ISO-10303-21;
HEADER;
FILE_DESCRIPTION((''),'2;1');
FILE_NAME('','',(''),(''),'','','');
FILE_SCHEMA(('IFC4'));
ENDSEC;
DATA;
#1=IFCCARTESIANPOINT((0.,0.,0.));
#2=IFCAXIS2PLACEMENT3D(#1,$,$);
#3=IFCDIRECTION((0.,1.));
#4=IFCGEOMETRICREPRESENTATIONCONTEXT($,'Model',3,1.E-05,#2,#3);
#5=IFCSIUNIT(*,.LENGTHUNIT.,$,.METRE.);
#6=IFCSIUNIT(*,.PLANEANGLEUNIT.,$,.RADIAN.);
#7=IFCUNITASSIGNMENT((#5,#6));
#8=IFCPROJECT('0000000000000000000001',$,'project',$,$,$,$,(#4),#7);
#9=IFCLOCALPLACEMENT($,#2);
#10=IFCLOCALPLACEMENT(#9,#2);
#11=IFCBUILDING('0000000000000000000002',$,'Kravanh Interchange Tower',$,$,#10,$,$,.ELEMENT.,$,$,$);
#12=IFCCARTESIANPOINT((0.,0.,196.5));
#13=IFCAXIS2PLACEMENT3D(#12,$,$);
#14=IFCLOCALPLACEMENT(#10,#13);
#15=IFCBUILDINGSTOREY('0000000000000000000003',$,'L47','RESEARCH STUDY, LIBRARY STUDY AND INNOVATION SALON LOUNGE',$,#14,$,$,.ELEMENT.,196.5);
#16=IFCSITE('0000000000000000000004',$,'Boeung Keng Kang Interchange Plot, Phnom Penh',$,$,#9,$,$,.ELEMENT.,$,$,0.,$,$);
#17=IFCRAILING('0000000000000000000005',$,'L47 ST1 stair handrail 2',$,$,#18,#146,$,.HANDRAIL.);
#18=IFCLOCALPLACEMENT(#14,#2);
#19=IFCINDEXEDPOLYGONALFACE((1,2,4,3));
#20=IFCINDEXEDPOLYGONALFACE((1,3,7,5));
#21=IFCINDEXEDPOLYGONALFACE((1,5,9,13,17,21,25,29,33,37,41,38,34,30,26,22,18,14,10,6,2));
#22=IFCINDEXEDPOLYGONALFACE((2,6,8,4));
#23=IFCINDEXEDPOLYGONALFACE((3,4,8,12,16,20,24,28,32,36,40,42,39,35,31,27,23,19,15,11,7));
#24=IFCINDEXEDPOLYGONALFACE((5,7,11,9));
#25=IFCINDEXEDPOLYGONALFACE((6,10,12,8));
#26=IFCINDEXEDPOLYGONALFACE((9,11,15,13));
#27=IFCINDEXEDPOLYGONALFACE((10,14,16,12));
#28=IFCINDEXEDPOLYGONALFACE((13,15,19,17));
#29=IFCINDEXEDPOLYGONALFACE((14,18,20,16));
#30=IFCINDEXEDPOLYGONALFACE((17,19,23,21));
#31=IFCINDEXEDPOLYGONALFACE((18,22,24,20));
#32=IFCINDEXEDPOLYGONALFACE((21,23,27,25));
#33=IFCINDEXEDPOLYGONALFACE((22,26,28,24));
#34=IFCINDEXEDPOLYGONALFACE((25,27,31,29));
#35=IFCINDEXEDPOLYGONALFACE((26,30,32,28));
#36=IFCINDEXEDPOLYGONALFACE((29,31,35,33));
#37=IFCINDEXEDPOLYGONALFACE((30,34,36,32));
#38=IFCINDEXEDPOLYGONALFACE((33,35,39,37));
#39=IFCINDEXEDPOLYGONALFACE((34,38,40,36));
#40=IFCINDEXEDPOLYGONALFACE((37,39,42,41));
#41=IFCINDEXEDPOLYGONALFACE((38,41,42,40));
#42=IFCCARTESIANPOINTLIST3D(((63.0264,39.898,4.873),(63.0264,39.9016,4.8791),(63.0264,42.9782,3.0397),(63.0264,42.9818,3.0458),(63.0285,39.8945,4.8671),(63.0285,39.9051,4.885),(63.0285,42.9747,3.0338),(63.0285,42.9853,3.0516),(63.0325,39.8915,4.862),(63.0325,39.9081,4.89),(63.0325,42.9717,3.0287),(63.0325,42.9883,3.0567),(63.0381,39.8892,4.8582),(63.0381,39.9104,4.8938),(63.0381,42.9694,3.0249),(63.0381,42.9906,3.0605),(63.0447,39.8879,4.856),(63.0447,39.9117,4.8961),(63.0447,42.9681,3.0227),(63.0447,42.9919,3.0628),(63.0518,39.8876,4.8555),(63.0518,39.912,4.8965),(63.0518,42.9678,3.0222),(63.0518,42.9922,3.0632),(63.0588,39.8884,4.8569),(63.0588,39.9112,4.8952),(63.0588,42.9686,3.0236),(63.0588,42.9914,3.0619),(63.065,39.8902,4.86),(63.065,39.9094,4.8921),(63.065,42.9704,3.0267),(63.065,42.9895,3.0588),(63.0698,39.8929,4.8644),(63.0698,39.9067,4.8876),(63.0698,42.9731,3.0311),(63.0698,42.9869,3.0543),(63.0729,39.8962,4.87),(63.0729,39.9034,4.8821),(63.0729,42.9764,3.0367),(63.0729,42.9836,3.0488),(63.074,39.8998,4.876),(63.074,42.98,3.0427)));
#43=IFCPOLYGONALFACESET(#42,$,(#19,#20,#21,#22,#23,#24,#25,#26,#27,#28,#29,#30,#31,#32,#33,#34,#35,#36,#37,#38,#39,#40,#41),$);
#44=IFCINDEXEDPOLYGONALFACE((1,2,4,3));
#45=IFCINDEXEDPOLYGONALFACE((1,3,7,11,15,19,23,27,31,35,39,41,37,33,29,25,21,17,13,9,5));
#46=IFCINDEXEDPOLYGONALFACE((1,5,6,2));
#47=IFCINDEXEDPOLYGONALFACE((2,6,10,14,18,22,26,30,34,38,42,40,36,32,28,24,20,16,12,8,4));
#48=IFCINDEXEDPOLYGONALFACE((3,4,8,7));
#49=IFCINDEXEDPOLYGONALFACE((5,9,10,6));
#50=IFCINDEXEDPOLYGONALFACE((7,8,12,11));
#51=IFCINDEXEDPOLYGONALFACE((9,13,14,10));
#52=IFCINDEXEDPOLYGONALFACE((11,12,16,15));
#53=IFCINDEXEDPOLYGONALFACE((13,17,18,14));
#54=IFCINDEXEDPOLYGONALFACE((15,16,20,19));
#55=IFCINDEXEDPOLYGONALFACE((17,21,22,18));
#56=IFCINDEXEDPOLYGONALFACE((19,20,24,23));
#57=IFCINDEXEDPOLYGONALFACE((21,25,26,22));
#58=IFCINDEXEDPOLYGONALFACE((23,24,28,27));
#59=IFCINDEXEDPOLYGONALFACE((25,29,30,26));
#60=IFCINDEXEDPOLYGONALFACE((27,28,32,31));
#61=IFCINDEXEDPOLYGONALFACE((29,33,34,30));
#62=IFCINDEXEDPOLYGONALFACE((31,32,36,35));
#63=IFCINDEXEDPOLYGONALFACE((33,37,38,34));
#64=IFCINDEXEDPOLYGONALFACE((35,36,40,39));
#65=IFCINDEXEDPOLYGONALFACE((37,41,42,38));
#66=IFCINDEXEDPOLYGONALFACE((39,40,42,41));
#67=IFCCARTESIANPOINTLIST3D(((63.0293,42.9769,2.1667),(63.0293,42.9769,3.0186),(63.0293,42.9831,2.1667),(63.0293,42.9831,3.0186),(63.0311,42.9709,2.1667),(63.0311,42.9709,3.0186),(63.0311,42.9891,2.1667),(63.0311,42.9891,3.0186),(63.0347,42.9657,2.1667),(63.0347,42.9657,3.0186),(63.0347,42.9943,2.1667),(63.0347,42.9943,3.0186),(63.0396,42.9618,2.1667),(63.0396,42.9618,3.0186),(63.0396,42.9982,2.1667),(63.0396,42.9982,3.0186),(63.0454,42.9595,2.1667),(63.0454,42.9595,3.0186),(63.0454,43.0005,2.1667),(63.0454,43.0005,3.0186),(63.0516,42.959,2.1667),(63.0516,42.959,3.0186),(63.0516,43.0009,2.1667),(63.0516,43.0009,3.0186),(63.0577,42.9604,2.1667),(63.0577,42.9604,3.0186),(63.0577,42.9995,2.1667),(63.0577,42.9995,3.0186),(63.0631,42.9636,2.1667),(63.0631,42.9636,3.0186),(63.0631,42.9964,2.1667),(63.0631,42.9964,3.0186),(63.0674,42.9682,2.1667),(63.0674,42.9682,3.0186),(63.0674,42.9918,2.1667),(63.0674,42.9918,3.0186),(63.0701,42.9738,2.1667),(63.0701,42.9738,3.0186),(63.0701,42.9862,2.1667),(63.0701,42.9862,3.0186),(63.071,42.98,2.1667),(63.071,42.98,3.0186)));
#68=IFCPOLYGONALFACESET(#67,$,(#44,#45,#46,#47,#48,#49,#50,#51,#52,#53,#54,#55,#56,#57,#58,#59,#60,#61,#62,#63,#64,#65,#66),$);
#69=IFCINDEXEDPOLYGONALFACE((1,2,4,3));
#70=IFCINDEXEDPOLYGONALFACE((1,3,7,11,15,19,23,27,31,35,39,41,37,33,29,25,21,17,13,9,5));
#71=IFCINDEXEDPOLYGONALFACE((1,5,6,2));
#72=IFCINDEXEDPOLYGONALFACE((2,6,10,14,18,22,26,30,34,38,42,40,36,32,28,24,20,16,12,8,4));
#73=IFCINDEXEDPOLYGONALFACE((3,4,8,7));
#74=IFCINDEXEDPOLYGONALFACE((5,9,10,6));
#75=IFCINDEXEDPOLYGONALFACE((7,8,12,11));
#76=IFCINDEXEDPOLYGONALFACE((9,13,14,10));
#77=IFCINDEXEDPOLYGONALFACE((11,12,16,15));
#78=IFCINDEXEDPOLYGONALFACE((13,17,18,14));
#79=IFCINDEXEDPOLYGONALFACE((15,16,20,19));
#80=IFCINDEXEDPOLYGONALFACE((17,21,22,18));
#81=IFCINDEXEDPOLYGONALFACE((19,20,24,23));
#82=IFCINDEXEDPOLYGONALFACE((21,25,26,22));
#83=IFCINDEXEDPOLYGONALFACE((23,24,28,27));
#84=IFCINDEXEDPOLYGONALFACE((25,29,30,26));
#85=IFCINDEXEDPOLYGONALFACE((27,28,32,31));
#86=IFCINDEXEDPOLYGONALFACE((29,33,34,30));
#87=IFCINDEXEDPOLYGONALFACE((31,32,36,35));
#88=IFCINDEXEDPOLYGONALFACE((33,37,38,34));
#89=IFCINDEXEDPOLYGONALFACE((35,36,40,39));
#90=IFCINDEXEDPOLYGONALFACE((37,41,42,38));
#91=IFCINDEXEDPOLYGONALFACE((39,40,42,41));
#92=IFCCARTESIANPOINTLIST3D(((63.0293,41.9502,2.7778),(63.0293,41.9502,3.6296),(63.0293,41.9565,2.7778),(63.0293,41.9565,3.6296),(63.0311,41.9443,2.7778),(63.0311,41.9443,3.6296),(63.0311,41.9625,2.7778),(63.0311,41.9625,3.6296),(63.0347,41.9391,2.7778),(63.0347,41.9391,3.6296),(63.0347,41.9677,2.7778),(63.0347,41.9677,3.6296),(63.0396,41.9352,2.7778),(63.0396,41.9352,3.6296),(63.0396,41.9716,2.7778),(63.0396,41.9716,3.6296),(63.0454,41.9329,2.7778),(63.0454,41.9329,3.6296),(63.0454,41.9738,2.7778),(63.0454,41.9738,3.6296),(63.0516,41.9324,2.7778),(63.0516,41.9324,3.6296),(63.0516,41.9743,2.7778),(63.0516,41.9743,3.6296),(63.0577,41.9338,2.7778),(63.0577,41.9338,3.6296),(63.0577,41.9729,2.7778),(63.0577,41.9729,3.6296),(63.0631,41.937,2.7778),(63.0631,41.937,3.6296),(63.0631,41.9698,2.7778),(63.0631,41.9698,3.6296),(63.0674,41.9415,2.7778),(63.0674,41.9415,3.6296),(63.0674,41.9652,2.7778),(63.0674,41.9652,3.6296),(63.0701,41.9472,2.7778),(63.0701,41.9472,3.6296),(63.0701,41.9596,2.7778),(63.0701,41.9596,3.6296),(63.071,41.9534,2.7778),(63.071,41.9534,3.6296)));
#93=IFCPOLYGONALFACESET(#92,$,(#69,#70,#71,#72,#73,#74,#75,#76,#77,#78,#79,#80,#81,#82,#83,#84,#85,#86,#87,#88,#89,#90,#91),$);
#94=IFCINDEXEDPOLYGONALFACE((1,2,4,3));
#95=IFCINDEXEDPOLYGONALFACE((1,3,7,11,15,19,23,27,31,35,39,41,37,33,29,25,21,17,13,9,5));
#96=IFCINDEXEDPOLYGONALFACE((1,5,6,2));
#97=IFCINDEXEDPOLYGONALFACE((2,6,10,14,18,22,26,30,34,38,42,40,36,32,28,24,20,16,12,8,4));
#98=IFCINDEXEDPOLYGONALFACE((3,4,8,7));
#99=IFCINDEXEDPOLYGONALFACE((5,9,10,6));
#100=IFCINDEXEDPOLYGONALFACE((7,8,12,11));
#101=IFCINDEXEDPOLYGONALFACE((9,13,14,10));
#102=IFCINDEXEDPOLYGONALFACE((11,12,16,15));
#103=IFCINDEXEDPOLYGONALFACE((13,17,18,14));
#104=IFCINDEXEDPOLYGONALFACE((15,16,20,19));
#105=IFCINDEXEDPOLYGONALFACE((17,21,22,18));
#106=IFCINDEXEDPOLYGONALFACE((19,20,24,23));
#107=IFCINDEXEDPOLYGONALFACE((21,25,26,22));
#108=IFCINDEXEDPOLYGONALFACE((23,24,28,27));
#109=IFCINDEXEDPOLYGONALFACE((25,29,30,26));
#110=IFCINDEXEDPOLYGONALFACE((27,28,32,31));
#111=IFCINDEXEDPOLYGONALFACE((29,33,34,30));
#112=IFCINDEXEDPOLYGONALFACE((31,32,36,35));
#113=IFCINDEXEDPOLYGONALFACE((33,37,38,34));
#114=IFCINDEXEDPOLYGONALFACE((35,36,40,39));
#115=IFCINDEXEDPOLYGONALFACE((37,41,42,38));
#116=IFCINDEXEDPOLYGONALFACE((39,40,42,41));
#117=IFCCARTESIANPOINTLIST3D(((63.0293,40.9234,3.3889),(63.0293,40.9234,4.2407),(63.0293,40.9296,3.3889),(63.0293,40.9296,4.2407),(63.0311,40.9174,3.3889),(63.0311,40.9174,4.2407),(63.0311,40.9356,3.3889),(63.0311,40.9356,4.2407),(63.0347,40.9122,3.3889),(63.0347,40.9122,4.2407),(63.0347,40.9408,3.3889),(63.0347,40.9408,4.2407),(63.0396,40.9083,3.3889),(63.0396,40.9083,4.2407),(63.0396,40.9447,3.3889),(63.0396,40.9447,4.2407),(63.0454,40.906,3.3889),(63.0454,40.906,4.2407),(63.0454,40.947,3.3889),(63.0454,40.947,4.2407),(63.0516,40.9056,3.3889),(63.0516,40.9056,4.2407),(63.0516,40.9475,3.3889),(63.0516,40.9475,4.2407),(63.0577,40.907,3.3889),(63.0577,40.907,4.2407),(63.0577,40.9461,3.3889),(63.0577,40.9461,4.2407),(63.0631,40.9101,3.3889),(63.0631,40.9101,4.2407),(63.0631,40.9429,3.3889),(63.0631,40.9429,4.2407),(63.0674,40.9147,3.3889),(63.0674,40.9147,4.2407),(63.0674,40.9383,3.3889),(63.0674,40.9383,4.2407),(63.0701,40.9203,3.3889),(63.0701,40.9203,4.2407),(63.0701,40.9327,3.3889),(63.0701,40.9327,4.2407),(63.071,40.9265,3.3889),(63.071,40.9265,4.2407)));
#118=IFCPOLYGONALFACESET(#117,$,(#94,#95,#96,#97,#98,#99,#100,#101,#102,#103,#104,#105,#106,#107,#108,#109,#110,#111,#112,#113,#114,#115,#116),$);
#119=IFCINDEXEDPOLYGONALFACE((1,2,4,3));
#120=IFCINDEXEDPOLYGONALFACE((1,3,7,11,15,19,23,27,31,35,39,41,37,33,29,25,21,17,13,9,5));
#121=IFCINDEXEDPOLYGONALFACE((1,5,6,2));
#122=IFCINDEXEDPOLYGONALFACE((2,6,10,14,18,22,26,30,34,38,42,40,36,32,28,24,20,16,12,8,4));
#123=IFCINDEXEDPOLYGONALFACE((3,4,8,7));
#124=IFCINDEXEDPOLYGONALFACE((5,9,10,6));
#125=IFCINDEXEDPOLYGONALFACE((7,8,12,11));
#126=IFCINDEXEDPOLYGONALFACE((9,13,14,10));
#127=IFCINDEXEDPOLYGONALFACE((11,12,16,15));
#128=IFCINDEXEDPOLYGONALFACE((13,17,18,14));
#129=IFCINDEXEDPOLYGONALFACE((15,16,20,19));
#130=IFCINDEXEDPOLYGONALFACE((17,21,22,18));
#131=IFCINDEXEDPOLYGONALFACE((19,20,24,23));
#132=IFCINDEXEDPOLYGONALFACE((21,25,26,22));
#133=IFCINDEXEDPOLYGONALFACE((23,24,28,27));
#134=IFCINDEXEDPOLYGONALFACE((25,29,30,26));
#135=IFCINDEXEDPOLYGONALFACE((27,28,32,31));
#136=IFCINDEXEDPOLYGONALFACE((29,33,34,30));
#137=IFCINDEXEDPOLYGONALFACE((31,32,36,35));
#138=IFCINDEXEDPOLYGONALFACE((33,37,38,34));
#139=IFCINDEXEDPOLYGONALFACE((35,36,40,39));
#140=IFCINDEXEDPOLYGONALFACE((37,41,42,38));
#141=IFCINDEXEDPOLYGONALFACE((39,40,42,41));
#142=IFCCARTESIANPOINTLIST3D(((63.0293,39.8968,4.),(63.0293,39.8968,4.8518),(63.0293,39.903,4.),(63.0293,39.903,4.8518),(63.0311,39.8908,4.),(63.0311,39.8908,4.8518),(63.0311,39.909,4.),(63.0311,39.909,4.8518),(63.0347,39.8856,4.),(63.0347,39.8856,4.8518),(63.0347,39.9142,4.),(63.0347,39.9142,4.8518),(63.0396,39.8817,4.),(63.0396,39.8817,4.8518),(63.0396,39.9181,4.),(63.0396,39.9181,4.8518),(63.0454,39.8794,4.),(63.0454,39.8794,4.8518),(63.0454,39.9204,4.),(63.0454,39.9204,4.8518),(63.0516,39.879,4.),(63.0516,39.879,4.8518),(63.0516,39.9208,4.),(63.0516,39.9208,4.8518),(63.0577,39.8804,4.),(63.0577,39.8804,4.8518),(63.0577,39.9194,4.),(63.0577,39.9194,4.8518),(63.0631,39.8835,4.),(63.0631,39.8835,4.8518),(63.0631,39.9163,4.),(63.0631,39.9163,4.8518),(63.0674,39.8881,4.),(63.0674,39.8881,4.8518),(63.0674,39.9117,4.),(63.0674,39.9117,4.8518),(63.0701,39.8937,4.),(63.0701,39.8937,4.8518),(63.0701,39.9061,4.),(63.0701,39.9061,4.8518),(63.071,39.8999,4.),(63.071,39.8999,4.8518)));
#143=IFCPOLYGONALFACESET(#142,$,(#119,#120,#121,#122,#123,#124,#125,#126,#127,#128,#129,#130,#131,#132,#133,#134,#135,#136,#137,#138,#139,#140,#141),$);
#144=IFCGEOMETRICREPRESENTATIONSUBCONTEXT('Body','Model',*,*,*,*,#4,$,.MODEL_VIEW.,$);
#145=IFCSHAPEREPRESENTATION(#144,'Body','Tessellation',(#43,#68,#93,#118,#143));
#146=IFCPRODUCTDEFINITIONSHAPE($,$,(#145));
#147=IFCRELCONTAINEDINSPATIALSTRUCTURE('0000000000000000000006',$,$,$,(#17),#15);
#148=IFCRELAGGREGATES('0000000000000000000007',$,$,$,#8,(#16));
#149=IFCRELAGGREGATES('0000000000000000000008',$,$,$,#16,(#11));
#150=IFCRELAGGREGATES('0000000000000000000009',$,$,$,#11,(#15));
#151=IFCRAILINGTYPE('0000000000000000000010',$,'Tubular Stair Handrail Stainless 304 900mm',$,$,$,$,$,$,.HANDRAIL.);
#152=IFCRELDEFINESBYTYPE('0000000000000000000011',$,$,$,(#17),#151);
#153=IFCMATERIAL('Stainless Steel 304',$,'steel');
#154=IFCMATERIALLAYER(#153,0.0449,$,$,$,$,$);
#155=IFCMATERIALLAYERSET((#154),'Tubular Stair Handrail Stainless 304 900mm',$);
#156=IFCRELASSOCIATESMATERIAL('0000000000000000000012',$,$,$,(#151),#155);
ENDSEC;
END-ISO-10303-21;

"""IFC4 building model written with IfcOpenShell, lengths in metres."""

from ifc_helpers import new_model, si_unit, direction, frame, origin, origin_2d, place, context, subcontext, project, spatial, circle, extrude, material, layer, layer_set, type_object, element, save


model = new_model("IFC4")

# Units and contexts
model_context = context("Model", 3, precision=1e-05, world=origin(), true_north=direction((0.0, 1.0)))
body_context = subcontext(model_context, "Body", "Model", "MODEL_VIEW")
ifc_project = project(units=[si_unit("LENGTHUNIT", "METRE"), si_unit("PLANEANGLEUNIT", "RADIAN")], contexts=[model_context])

# Site, building, storey
site_placement = place(None, origin())
site = spatial("IfcSite", under=ifc_project, at=site_placement, Name="Boeung Keng Kang Interchange Plot, Phnom Penh", CompositionType="ELEMENT", RefElevation=0.0)
building_placement = place(site_placement, origin())
building = spatial("IfcBuilding", under=site, at=building_placement, Name="Kravanh Interchange Tower", CompositionType="ELEMENT")
storey_placement = place(building_placement, frame((0.0, 0.0, 196.5)))
storey = spatial("IfcBuildingStorey", under=building, at=storey_placement, Name="L47", Description="RESEARCH STUDY, LIBRARY STUDY AND INNOVATION SALON LOUNGE", CompositionType="ELEMENT", Elevation=196.5)

# Railing
ifc_material_1 = material(Name="Stainless Steel 304", Category="steel")
ifc_layer_1 = layer(ifc_material_1, 0.0449)
ifc_layer_set_1 = layer_set([ifc_layer_1], Name="Tubular Stair Handrail Stainless 304 900mm")
railing_type_1 = type_object("IfcRailingType", Name="Tubular Stair Handrail Stainless 304 900mm", PredefinedType="HANDRAIL", material=ifc_layer_set_1)
railing_1_placement = place(storey_placement, frame((63.05, 42.98, 2.1667)))
element("IfcRailing", 1, at=railing_1_placement, inside=storey, type_object=railing_type_1, Name="L47 ST1 stair handrail 2", PredefinedType="HANDRAIL", context=body_context, shape_type="SweptSolid", body=[
    extrude(circle(Radius=0.0239, at=origin_2d()), frame((0.0, 0.0, 0.876), z_axis=(0.0, -0.859309, 0.511458), x_axis=(1.0, 0.0, 0.0)), (0.0, 0.0, 1.0), 3.5845),
    extrude(circle(Radius=0.021, at=origin_2d()), origin(), (0.0, 0.0, 1.0), 0.8518),
    extrude(circle(Radius=0.021, at=origin_2d()), frame((0.0, -1.0266, 0.6111)), (0.0, 0.0, 1.0), 0.8518),
    extrude(circle(Radius=0.021, at=origin_2d()), frame((0.0, -2.0535, 1.2222)), (0.0, 0.0, 1.0), 0.8518),
    extrude(circle(Radius=0.021, at=origin_2d()), frame((0.0, -3.0801, 1.8333)), (0.0, 0.0, 1.0), 0.8518),
])

save(model, "model.ifc")
